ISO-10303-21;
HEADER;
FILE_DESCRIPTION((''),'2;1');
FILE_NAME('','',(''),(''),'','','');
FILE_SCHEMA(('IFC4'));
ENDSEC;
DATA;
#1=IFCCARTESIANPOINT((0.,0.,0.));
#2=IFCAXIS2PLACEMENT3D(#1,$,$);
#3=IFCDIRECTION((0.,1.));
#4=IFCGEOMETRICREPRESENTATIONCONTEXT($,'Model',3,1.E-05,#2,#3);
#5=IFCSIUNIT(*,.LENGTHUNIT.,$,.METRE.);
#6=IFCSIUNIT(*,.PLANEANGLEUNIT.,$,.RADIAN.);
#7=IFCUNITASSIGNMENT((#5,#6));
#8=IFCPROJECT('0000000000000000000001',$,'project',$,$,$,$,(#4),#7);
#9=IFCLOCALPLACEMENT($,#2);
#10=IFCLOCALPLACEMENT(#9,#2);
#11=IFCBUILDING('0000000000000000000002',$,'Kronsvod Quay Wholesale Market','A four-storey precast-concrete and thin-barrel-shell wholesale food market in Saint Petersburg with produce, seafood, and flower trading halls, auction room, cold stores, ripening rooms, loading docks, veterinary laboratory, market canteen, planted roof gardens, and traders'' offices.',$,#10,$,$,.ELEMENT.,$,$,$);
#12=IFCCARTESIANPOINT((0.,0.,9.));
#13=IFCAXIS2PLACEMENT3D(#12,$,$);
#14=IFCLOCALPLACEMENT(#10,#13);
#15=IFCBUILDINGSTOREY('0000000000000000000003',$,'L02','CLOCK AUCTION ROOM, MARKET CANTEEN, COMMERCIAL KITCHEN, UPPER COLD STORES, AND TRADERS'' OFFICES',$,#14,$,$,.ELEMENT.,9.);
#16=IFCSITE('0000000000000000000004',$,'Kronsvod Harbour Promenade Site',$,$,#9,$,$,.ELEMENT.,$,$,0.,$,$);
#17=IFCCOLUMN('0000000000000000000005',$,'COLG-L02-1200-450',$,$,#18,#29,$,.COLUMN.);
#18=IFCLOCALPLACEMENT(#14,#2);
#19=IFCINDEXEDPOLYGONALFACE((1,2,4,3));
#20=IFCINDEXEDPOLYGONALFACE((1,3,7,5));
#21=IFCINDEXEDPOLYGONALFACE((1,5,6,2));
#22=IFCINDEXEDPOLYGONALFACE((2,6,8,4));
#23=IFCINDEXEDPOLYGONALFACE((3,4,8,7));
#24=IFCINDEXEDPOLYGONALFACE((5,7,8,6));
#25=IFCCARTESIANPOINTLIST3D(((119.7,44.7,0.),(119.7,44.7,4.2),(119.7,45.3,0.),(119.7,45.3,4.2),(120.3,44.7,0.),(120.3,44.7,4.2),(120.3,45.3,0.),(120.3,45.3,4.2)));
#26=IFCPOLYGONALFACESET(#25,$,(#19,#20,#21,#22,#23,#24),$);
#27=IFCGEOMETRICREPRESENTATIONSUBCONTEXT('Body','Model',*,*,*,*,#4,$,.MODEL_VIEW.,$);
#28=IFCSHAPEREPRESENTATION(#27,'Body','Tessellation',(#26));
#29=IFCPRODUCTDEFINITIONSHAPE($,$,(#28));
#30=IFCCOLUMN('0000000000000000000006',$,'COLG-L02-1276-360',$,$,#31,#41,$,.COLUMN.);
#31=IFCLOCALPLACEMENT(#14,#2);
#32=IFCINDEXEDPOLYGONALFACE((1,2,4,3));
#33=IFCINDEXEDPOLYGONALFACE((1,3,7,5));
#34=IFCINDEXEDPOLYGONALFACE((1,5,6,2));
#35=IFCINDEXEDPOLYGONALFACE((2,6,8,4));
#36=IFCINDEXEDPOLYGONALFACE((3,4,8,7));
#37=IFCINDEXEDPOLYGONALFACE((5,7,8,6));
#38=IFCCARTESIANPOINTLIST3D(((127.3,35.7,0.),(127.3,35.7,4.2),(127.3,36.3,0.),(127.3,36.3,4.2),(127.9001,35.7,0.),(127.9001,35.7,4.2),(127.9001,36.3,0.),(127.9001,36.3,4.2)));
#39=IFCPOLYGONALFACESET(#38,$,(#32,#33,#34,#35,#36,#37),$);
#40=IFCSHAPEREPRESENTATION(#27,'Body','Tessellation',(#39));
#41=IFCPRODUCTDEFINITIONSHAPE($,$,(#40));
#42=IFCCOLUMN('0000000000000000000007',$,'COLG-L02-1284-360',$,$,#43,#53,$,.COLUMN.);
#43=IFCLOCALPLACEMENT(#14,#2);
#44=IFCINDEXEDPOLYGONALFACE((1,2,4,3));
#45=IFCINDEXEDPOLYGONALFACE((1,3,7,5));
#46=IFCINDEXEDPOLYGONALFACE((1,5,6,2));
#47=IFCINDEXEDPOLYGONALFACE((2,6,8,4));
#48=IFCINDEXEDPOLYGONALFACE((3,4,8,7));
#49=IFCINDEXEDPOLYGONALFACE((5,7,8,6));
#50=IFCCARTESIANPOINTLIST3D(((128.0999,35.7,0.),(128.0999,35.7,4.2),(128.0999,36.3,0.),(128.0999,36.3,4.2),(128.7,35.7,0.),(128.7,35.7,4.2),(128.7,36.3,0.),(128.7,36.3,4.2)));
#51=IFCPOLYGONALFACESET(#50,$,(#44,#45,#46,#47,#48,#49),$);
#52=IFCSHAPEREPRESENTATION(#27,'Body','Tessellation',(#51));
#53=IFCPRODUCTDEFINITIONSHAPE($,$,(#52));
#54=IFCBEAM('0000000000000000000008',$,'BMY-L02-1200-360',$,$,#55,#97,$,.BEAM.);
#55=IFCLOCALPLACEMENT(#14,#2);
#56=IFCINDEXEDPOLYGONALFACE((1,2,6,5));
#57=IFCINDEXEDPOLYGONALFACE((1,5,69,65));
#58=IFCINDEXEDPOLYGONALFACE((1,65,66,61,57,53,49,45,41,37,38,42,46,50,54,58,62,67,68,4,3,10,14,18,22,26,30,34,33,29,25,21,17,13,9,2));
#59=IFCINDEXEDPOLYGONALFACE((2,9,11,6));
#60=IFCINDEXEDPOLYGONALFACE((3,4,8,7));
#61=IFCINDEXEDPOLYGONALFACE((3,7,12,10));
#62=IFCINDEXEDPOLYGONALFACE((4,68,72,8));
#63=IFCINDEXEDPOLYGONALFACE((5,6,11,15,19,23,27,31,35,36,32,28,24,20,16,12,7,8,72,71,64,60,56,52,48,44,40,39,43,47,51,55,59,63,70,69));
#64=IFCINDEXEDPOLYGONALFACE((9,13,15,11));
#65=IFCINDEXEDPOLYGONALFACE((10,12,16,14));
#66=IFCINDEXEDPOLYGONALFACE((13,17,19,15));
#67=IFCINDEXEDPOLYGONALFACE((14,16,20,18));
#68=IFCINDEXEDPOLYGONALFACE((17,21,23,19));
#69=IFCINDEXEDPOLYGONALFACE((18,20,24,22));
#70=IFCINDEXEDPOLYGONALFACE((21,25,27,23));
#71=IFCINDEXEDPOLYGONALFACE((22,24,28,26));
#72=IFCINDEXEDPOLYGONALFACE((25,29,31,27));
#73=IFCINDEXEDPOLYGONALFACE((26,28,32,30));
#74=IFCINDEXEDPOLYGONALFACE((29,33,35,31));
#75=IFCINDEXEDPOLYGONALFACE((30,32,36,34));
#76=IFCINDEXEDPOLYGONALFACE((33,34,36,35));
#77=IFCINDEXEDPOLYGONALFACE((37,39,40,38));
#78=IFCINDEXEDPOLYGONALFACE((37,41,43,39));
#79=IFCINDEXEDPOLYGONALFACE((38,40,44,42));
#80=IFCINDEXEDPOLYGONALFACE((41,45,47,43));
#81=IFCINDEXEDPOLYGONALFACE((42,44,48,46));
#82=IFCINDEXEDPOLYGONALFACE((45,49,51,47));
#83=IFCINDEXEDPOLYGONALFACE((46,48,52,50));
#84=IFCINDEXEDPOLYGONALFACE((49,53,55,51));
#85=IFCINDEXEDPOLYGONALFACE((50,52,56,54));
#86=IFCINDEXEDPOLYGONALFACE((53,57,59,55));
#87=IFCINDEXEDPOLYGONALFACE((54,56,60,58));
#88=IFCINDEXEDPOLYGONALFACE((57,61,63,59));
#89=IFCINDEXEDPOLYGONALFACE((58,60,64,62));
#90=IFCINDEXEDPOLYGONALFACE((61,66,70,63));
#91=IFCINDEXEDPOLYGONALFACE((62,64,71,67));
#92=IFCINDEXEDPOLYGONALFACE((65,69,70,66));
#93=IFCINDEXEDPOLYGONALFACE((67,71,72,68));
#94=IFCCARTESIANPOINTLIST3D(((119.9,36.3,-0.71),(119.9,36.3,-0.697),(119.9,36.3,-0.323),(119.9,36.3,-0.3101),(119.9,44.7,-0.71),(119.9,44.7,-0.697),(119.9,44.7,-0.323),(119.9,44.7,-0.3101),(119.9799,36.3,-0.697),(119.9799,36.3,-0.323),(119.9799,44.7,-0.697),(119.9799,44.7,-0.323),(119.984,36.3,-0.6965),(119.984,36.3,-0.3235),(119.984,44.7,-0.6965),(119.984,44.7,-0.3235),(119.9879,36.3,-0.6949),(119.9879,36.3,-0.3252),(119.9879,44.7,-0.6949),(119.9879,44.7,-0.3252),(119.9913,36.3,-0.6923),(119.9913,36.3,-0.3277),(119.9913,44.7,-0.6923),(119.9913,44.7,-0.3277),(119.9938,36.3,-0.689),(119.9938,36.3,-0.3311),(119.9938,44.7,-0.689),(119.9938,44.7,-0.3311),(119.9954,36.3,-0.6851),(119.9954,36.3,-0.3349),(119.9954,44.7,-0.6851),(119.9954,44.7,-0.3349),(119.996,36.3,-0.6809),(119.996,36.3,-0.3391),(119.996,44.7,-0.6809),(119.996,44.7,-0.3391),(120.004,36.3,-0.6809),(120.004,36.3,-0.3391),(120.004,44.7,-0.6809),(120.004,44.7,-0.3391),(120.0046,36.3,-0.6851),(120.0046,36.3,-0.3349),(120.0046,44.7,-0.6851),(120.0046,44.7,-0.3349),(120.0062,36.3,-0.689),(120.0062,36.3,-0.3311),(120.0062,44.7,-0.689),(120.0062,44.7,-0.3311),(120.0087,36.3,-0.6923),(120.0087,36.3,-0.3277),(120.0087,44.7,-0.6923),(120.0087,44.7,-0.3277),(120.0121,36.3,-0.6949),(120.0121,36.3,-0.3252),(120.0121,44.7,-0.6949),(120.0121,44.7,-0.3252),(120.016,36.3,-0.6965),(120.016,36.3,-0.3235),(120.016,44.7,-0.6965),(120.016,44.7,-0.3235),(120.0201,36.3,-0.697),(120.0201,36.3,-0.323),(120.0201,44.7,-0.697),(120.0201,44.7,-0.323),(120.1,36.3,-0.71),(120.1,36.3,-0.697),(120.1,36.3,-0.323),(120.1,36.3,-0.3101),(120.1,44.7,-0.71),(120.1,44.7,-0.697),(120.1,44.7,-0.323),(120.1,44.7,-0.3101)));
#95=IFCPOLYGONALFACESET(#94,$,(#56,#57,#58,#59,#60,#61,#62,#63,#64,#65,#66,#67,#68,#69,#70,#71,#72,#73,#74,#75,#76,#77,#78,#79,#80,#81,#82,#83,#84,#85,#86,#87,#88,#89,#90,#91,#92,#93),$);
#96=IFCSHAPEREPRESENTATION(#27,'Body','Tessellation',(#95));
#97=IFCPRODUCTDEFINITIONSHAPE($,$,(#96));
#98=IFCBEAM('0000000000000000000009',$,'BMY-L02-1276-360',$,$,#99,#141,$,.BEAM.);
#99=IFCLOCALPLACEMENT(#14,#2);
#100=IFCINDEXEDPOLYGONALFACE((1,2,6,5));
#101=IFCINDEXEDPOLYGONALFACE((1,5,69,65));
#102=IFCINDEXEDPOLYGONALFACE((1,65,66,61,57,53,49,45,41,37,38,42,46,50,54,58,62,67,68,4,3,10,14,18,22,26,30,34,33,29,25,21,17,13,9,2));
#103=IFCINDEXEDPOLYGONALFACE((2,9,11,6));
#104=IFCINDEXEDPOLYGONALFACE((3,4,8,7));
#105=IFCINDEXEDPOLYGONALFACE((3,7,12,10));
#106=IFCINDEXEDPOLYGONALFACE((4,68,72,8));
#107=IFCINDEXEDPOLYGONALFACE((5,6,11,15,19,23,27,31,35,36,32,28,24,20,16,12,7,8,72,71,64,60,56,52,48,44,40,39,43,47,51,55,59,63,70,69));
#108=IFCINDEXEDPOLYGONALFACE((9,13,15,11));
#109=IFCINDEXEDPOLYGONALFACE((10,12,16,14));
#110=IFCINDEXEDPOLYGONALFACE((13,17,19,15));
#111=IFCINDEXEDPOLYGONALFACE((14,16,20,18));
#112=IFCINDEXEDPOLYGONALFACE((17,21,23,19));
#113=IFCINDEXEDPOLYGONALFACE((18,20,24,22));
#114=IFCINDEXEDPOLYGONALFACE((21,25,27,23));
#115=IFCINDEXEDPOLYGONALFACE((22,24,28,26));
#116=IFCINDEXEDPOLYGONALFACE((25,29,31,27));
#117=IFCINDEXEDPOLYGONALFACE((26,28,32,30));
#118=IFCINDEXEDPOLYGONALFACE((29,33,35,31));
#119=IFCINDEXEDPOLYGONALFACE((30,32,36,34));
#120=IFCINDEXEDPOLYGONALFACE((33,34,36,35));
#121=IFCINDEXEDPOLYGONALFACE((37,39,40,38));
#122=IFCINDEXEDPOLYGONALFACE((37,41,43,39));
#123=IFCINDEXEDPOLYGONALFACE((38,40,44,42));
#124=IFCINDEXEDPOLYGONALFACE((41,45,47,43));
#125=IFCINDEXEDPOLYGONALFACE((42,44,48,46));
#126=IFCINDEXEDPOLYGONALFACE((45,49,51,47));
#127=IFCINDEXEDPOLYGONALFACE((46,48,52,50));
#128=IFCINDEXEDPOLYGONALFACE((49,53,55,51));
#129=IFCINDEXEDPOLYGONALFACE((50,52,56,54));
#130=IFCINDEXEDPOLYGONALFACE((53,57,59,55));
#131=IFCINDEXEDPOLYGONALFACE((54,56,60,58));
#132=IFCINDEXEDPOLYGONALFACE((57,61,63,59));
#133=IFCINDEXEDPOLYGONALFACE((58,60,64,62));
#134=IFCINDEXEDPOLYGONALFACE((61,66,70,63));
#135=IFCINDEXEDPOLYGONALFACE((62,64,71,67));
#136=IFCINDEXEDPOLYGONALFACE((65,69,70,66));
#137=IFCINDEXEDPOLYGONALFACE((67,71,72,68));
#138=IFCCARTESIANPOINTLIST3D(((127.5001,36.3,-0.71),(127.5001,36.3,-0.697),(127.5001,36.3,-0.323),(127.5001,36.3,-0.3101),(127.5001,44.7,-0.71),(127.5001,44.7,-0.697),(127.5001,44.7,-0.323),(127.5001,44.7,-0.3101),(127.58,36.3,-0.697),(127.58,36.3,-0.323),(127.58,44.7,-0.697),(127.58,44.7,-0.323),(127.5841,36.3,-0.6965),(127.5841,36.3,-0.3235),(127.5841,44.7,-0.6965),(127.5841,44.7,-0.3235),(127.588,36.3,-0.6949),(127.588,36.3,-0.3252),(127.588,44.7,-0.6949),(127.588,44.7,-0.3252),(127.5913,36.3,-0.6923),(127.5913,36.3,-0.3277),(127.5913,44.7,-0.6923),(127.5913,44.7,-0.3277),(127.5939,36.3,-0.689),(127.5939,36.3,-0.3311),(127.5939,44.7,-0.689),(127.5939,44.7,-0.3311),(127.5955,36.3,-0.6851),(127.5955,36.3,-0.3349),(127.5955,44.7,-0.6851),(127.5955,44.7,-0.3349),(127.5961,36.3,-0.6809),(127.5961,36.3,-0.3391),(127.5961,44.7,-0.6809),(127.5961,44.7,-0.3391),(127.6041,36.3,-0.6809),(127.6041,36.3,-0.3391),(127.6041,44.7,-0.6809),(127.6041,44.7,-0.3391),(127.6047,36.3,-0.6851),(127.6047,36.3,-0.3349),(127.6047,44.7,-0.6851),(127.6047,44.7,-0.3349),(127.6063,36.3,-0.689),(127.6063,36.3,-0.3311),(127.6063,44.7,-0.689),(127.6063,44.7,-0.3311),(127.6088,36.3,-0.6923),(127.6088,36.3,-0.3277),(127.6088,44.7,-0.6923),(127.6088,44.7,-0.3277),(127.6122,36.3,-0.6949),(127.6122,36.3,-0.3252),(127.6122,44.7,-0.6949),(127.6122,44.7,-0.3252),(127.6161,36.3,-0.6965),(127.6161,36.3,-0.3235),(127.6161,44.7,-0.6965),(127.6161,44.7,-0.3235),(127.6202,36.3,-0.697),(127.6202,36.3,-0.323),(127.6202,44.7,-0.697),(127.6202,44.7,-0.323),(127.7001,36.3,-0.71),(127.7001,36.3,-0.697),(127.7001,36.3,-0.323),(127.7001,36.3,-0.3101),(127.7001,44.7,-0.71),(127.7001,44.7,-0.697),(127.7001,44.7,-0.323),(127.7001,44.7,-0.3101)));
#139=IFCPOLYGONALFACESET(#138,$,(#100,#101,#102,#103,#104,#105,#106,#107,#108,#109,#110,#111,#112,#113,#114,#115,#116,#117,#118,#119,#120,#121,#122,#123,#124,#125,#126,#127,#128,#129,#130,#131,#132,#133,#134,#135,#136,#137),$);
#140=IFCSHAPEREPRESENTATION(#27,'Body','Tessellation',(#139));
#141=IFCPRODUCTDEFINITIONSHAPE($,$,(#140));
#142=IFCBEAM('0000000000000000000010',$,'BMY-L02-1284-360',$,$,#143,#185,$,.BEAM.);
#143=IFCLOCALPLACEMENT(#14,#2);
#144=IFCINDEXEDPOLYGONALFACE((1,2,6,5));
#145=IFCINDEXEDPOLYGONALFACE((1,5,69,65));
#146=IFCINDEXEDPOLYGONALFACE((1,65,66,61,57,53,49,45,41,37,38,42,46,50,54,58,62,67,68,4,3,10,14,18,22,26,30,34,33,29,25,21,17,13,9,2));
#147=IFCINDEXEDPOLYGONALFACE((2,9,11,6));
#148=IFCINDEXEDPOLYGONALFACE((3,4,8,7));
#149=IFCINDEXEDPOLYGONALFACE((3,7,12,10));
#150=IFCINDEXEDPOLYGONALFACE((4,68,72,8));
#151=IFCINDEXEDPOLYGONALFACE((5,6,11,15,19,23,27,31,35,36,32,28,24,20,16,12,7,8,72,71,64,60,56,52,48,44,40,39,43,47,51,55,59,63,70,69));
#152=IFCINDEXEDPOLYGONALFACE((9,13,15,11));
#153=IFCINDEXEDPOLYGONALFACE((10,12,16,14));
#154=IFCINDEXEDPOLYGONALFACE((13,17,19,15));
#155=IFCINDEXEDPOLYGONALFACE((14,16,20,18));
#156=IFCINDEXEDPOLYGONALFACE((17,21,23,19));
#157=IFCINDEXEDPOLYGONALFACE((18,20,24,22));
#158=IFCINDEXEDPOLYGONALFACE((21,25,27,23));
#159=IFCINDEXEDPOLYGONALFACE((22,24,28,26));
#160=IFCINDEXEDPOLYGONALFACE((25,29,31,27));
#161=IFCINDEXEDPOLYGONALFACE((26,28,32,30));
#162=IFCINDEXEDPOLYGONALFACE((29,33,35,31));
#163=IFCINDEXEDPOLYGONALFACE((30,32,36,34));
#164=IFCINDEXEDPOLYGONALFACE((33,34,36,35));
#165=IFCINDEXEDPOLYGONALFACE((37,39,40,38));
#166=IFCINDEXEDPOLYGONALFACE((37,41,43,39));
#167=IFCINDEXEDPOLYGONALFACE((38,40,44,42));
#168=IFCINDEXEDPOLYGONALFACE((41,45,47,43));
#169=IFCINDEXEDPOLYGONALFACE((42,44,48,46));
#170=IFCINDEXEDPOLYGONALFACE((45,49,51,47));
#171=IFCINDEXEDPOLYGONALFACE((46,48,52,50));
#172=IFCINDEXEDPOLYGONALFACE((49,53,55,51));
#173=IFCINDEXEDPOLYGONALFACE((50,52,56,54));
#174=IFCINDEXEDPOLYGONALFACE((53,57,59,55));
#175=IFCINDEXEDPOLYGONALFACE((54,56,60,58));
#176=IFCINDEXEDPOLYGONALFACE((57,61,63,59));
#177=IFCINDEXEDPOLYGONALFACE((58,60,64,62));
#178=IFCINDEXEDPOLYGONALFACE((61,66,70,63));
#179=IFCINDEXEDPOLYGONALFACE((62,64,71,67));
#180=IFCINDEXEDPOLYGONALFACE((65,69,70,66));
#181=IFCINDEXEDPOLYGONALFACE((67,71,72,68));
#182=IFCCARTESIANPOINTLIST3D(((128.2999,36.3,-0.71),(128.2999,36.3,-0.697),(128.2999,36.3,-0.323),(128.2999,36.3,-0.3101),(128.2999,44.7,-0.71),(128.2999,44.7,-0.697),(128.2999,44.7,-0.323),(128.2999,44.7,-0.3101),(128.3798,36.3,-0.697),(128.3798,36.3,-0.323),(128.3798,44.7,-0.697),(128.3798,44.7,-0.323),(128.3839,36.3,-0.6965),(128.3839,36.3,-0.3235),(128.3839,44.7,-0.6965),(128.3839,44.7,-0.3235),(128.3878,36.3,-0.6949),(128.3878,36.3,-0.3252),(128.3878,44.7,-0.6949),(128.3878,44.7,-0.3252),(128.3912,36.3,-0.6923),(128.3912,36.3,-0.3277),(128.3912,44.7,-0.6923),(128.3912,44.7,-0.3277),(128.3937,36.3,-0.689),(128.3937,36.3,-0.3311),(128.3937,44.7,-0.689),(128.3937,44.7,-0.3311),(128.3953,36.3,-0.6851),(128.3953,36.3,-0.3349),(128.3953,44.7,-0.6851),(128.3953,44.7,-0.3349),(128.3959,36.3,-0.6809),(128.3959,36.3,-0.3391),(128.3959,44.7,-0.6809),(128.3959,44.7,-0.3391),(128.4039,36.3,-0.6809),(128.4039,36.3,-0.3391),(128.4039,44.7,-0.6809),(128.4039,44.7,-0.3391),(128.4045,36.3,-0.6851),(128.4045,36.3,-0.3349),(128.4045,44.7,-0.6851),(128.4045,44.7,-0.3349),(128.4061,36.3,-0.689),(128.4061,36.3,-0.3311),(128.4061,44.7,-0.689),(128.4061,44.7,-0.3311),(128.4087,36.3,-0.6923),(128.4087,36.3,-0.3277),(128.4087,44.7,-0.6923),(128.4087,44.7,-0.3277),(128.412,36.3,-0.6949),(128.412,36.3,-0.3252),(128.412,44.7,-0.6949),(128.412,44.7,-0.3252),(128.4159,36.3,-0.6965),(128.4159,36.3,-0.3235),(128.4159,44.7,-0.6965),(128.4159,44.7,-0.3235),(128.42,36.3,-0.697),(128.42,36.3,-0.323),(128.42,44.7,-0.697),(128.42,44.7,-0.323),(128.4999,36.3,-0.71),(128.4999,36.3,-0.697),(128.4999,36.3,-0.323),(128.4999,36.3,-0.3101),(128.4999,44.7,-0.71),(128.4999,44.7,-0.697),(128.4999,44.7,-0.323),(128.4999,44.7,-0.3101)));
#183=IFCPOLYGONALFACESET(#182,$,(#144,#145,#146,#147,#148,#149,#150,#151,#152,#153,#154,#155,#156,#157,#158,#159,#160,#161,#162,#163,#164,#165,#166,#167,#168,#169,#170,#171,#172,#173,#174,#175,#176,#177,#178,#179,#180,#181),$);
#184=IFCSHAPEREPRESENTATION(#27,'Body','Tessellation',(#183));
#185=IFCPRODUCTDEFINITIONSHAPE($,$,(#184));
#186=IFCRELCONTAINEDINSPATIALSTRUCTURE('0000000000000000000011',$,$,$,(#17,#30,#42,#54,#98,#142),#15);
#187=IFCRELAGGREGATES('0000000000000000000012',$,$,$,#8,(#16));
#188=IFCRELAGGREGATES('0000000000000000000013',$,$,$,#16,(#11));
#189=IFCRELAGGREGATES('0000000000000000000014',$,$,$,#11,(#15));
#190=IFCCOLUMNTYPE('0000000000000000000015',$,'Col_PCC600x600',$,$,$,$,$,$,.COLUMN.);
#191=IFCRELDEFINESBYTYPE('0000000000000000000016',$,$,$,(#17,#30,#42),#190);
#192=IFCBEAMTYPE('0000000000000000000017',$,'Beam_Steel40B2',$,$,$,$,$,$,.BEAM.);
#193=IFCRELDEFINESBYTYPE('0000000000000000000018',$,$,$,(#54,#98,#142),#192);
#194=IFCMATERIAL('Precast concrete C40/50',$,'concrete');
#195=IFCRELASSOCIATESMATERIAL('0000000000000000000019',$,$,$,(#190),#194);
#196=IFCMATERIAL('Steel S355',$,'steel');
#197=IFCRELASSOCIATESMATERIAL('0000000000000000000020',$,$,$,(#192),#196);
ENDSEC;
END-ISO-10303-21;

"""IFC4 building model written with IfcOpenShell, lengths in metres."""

from ifc_helpers import new_model, si_unit, direction, frame, origin, origin_2d, place, context, subcontext, project, spatial, rectangle, i_section, extrude, material, material_profile, profile_set, type_object, element, save


model = new_model("IFC4")

# Units and contexts
model_context = context("Model", 3, precision=1e-05, world=origin(), true_north=direction((0.0, 1.0)))
body_context = subcontext(model_context, "Body", "Model", "MODEL_VIEW")
ifc_project = project(units=[si_unit("LENGTHUNIT", "METRE"), si_unit("PLANEANGLEUNIT", "RADIAN")], contexts=[model_context])

# Site, building, storey
site_placement = place(None, origin())
site = spatial("IfcSite", under=ifc_project, at=site_placement, Name="Kronsvod Harbour Promenade Site", CompositionType="ELEMENT", RefElevation=0.0)
building_placement = place(site_placement, origin())
building = spatial("IfcBuilding", under=site, at=building_placement, Name="Kronsvod Quay Wholesale Market", Description="A four-storey precast-concrete and thin-barrel-shell wholesale food market in Saint Petersburg with produce, seafood, and flower trading halls, auction room, cold stores, ripening rooms, loading docks, veterinary laboratory, market canteen, planted roof gardens, and traders' offices.", CompositionType="ELEMENT")
storey_placement = place(building_placement, frame((0.0, 0.0, 9.0)))
storey = spatial("IfcBuildingStorey", under=building, at=storey_placement, Name="L02", Description="CLOCK AUCTION ROOM, MARKET CANTEEN, COMMERCIAL KITCHEN, UPPER COLD STORES, AND TRADERS' OFFICES", CompositionType="ELEMENT", Elevation=9.0)

# Columns
ifc_material_1 = material(Name="Precast concrete C40/50", Category="concrete")
ifc_material_profile_1 = material_profile(ifc_material_1, rectangle(XDim=0.6001, YDim=0.6001, at=origin_2d()), Name="PCC600x600")
ifc_profile_set_1 = profile_set([ifc_material_profile_1], Name="Precast concrete C40/50")
column_type = type_object("IfcColumnType", Name="Col_PCC600x600", PredefinedType="COLUMN", material=ifc_profile_set_1)
for number, where, z_axis, x_axis, name in (
    (1, (120.0, 45.0, 0.0), (0.0, 0.0, 1.0), (1.0, 0.0, 0.0), "COLG-L02-1200-450"),
    (2, (127.6001, 36.0, 0.0), (0.0, 0.0, 1.0), (1.0, 0.0, 0.0), "COLG-L02-1276-360"),
    (3, (128.3999, 36.0, 0.0), (0.0, 0.0, 1.0), (1.0, 0.0, 0.0), "COLG-L02-1284-360"),
):
    element("IfcColumn", number, at=place(storey_placement, frame(where, z_axis=z_axis, x_axis=x_axis)), inside=storey, type_object=column_type, Name=name, PredefinedType="COLUMN", context=body_context, shape_type="SweptSolid", body=[
        extrude(rectangle(XDim=0.6001, YDim=0.6001, at=origin_2d()), origin(), (0.0, 0.0, 1.0), 4.2),
    ])

# Beams
ifc_material_2 = material(Name="Steel S355", Category="steel")
ifc_material_profile_2 = material_profile(ifc_material_2, i_section(OverallWidth=0.2, OverallDepth=0.3999, WebThickness=0.0081, FlangeThickness=0.0129, FilletRadius=0.0161, at=origin_2d()), Name="40B2")
ifc_profile_set_2 = profile_set([ifc_material_profile_2], Name="Steel S355")
beam_type_1 = type_object("IfcBeamType", Name="Beam_Steel40B2", PredefinedType="BEAM", material=ifc_profile_set_2)
for number, where, z_axis, x_axis, name in (
    (4, (120.0, 36.3, -0.51), (0.0, 1.0, 0.0), (-1.0, 0.0, 0.0), "BMY-L02-1200-360"),
    (5, (127.6001, 36.3, -0.51), (0.0, 1.0, 0.0), (-1.0, 0.0, 0.0), "BMY-L02-1276-360"),
    (6, (128.3999, 36.3, -0.51), (0.0, 1.0, 0.0), (-1.0, 0.0, 0.0), "BMY-L02-1284-360"),
):
    element("IfcBeam", number, at=place(storey_placement, frame(where, z_axis=z_axis, x_axis=x_axis)), inside=storey, type_object=beam_type_1, Name=name, PredefinedType="BEAM", context=body_context, shape_type="SweptSolid", body=[
        extrude(i_section(OverallWidth=0.2, OverallDepth=0.3999, WebThickness=0.0081, FlangeThickness=0.0129, FilletRadius=0.0161, at=origin_2d()), origin(), (0.0, 0.0, 1.0), 8.3999),
    ])

save(model, "model.ifc")
